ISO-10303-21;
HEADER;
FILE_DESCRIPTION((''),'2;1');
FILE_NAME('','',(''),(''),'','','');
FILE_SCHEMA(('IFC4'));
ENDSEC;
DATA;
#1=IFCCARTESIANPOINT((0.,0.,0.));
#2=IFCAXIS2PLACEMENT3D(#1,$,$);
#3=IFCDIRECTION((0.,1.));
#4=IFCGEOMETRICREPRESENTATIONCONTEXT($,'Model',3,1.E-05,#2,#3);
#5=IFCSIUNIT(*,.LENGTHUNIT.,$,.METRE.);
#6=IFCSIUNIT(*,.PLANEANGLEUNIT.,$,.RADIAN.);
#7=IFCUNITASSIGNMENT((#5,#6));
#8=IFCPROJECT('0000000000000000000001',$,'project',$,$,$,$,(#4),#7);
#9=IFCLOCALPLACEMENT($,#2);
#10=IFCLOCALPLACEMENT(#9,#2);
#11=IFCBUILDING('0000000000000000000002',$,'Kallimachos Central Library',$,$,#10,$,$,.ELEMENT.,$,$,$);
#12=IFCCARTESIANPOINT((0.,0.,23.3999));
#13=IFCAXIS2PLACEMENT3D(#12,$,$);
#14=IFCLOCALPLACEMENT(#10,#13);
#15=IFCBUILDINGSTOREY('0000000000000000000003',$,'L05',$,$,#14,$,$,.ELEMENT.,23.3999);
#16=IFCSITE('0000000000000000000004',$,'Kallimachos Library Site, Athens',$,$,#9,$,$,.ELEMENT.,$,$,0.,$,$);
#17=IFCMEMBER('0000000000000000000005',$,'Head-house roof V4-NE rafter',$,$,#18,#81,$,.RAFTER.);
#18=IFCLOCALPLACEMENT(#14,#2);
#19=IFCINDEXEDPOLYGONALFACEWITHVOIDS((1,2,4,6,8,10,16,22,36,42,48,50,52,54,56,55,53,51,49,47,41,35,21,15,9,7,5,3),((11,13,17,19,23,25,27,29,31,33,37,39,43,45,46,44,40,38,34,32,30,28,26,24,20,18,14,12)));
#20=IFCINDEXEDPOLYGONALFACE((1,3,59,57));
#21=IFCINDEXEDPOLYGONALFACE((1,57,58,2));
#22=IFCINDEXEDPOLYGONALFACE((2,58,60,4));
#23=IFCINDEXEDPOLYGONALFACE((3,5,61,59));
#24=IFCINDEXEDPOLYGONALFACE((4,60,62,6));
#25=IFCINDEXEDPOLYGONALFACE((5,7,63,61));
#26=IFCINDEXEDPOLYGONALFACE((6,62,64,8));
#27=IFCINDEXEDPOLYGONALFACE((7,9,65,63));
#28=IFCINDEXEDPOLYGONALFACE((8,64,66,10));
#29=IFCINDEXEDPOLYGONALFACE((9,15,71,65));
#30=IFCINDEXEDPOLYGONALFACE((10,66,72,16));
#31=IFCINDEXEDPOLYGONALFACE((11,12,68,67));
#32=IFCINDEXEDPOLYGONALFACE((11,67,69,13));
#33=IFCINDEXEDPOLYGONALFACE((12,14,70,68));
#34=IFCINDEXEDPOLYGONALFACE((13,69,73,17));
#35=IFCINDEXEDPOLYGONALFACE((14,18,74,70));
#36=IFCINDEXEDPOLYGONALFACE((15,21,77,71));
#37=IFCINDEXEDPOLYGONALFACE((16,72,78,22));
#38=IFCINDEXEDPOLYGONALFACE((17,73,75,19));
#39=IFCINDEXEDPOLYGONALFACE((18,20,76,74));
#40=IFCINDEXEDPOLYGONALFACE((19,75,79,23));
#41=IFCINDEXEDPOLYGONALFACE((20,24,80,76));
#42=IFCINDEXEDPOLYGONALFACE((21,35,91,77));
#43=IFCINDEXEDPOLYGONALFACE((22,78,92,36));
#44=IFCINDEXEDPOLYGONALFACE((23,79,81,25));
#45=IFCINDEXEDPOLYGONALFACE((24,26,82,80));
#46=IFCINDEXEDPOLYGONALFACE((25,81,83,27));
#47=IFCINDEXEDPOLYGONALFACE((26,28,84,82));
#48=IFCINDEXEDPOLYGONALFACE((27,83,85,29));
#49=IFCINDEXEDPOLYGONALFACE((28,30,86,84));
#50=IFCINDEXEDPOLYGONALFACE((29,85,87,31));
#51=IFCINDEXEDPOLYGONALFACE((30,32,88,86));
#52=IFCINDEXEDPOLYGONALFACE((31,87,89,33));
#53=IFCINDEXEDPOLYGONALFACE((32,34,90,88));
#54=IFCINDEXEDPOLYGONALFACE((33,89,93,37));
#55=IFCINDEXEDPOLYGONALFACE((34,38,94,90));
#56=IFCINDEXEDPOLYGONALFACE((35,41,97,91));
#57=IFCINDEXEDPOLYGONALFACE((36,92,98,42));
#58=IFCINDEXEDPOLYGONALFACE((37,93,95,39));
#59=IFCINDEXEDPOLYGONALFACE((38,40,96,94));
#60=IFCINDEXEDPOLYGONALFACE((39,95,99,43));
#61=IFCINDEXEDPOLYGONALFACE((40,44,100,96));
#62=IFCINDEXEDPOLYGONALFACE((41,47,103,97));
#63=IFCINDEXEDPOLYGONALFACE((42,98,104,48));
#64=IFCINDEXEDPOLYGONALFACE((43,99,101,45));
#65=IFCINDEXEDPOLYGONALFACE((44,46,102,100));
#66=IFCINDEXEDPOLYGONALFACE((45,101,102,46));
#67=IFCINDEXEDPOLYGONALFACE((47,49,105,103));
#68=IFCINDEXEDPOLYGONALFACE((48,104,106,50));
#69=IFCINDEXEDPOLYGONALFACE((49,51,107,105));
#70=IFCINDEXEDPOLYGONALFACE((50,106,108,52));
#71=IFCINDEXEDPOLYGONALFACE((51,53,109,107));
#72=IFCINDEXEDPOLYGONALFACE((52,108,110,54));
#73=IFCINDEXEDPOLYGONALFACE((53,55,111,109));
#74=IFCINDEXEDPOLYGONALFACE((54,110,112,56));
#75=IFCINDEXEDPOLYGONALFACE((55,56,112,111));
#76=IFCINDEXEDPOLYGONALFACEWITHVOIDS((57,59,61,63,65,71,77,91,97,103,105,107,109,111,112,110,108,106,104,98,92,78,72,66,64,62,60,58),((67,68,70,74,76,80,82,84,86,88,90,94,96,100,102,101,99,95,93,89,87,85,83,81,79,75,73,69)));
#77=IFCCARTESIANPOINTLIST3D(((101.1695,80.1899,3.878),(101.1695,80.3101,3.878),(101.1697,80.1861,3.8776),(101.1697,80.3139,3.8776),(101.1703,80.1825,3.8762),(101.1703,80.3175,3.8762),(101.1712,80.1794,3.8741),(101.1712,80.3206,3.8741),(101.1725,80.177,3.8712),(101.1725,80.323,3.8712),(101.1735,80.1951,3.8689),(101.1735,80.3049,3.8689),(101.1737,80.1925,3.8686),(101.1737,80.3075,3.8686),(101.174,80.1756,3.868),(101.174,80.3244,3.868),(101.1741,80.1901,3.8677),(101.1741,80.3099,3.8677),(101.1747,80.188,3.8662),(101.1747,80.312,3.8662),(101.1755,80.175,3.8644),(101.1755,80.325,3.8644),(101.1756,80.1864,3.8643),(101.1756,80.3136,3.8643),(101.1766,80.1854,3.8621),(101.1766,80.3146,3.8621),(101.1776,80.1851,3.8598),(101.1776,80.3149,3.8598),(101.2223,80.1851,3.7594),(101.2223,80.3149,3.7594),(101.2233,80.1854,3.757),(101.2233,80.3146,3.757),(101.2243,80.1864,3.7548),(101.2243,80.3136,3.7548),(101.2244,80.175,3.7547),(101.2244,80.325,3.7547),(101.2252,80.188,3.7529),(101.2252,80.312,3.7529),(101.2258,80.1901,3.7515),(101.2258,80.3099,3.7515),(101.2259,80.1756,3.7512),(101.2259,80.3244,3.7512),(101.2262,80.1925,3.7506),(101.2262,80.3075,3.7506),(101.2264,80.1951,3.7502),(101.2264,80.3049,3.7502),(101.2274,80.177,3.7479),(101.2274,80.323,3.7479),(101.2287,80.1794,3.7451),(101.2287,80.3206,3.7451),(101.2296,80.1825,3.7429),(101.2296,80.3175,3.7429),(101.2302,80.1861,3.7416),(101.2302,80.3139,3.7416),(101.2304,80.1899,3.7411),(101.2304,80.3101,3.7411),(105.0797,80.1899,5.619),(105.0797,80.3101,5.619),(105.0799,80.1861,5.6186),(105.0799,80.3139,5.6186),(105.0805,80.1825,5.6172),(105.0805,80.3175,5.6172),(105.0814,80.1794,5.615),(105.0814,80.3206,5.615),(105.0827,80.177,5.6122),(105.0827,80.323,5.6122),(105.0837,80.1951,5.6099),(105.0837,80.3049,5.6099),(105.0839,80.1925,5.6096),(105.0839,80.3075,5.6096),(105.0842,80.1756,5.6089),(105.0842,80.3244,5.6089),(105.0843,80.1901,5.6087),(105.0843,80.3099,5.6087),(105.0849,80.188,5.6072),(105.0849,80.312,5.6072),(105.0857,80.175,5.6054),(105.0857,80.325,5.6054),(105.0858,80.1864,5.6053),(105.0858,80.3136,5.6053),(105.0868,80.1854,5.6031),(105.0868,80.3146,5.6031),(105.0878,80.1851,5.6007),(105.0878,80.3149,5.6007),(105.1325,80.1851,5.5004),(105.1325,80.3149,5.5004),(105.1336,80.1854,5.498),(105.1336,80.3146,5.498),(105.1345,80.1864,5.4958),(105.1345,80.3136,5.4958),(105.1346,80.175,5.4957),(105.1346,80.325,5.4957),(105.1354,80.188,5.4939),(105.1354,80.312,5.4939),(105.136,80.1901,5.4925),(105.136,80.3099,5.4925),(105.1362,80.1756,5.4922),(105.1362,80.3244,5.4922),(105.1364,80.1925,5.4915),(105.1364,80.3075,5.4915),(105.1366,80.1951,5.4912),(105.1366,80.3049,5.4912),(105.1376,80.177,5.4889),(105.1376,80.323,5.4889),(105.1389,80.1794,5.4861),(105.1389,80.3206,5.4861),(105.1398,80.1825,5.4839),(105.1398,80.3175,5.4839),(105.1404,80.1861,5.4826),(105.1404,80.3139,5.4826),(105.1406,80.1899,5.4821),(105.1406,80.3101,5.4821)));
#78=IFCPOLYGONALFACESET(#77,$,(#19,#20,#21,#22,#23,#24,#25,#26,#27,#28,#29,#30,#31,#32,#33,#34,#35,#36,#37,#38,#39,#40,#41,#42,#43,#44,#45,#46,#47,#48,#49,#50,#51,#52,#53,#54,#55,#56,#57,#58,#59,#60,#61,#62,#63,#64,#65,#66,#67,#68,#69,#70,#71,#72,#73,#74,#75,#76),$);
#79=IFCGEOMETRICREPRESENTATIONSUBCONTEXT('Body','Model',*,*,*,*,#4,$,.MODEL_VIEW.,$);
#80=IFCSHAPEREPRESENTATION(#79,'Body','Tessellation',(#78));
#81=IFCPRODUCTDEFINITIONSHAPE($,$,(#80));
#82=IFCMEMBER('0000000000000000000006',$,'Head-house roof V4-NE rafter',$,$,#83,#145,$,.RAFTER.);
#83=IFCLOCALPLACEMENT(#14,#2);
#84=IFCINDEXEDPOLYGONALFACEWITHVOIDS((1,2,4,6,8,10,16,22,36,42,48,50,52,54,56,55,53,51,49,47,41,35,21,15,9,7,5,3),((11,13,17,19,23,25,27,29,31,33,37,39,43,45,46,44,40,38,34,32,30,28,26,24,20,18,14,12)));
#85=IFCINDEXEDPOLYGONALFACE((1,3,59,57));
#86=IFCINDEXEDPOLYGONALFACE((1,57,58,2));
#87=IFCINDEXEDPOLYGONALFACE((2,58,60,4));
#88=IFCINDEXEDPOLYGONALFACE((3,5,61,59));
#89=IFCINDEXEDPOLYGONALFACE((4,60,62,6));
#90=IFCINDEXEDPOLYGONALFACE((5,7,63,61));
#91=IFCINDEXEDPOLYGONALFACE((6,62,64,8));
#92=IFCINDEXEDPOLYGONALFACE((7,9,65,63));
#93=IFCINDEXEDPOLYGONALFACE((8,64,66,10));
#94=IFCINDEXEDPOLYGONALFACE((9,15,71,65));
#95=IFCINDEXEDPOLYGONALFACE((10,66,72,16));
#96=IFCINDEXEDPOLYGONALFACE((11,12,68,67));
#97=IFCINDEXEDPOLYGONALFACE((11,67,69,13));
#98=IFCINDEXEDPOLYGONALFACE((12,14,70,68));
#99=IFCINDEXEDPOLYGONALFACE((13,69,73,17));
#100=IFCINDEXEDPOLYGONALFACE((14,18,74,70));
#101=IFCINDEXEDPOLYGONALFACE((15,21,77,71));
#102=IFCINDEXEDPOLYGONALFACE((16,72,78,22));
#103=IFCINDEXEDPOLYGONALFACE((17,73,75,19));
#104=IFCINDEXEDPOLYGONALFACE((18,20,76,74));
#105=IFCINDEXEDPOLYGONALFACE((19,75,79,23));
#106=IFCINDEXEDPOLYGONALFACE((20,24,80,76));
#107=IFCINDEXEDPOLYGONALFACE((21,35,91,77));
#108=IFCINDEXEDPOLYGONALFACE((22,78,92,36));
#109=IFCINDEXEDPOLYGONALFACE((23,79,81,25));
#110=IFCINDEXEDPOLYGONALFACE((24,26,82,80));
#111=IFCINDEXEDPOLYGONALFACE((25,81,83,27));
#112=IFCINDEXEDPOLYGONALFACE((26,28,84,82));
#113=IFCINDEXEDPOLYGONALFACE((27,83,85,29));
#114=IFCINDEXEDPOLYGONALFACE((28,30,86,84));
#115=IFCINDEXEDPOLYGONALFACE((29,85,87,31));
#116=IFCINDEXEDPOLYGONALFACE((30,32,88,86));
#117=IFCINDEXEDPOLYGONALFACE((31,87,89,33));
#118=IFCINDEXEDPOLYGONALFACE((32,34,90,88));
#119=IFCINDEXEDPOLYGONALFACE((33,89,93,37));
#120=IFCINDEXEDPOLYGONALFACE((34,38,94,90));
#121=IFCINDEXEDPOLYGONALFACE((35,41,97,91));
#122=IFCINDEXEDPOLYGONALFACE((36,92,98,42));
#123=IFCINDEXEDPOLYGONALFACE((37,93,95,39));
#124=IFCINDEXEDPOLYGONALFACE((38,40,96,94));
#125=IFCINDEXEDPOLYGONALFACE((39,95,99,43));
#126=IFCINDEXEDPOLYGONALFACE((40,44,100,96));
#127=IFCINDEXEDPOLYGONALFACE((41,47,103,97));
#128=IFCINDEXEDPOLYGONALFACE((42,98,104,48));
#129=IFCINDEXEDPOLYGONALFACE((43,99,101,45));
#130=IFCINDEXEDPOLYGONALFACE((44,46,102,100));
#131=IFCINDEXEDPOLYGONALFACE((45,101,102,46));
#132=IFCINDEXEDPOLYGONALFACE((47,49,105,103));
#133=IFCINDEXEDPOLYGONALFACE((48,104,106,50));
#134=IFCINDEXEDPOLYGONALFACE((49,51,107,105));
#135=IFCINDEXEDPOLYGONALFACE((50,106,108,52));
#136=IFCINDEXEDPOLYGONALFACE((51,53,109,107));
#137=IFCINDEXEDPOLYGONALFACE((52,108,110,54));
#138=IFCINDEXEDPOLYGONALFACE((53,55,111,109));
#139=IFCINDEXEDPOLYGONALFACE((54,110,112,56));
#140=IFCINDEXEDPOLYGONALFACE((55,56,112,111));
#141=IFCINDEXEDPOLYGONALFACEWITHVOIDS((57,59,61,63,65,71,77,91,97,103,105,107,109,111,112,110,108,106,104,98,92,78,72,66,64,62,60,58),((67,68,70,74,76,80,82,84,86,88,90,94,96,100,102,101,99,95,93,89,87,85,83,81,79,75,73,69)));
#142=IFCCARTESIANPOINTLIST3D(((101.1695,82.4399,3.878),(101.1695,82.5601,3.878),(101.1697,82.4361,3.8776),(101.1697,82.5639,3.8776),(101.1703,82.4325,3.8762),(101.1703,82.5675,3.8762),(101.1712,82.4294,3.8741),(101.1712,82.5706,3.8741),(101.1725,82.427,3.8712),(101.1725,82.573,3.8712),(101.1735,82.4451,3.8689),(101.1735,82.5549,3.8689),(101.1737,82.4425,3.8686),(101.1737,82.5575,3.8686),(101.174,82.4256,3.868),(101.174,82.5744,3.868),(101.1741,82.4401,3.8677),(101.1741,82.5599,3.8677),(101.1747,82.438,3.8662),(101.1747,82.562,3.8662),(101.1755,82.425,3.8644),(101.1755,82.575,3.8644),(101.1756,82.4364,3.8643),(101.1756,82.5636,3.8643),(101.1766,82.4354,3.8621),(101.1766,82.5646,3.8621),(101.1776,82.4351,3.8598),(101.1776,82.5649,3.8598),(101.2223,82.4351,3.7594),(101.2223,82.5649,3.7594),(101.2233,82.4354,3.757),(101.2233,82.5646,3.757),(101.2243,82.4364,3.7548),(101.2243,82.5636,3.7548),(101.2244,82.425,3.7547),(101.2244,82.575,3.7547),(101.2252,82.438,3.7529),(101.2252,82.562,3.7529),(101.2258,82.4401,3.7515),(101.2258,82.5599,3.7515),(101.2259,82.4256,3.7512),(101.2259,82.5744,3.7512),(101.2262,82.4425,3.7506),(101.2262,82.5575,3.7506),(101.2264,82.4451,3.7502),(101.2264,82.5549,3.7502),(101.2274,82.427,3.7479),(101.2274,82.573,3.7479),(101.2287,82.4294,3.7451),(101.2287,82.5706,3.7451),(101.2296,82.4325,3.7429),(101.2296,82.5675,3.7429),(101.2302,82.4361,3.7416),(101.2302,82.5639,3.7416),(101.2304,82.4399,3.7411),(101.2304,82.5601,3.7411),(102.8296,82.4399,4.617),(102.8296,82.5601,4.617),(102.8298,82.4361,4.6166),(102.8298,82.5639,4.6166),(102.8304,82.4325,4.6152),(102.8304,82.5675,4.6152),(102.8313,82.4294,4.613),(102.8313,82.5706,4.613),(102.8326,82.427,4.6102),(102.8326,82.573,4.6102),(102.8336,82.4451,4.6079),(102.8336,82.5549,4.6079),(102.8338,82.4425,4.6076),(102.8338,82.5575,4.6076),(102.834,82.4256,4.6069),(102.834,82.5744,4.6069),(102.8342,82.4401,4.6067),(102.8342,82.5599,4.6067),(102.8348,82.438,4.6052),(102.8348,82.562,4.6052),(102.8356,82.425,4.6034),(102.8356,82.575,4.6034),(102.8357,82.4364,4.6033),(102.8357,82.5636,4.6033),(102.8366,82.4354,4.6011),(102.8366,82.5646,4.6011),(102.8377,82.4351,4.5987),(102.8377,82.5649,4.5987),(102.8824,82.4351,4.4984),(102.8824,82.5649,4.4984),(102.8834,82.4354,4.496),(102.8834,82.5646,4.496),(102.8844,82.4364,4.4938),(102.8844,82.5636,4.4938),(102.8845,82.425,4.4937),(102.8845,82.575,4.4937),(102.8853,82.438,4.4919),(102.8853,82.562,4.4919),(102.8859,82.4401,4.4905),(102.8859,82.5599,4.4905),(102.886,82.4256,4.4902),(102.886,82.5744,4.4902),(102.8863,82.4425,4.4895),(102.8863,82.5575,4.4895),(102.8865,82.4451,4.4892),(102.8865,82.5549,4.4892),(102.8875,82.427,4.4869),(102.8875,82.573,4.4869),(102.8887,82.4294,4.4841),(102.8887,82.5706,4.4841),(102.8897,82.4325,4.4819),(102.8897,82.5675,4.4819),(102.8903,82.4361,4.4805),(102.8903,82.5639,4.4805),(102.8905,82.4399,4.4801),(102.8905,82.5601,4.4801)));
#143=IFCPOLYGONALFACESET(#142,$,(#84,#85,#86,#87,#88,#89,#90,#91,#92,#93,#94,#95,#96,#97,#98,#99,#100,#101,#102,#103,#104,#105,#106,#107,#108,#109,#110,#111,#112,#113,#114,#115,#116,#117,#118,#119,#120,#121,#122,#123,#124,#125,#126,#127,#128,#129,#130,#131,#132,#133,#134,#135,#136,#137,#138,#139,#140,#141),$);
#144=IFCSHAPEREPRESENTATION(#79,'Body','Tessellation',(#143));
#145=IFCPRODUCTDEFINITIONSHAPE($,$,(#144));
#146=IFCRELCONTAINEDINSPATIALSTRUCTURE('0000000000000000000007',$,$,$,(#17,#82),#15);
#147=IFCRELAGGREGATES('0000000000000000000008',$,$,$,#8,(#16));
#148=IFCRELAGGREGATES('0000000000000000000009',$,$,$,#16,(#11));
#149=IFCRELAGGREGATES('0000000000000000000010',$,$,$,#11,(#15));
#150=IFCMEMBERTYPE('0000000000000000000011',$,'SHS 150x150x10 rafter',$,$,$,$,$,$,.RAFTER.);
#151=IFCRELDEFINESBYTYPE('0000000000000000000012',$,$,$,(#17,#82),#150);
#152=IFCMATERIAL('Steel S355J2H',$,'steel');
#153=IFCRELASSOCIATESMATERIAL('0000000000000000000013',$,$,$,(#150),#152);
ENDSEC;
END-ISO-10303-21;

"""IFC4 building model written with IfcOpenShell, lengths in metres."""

from ifc_helpers import new_model, si_unit, direction, frame, origin, origin_2d, place, context, subcontext, project, spatial, hollow_rectangle, extrude, material, material_profile, profile_set, type_object, element, save


model = new_model("IFC4")

# Units and contexts
model_context = context("Model", 3, precision=1e-05, world=origin(), true_north=direction((0.0, 1.0)))
body_context = subcontext(model_context, "Body", "Model", "MODEL_VIEW")
ifc_project = project(units=[si_unit("LENGTHUNIT", "METRE"), si_unit("PLANEANGLEUNIT", "RADIAN")], contexts=[model_context])

# Site, building, storey
site_placement = place(None, origin())
site = spatial("IfcSite", under=ifc_project, at=site_placement, Name="Kallimachos Library Site, Athens", CompositionType="ELEMENT", RefElevation=0.0)
building_placement = place(site_placement, origin())
building = spatial("IfcBuilding", under=site, at=building_placement, Name="Kallimachos Central Library", CompositionType="ELEMENT")
storey_placement = place(building_placement, frame((0.0, 0.0, 23.3999)))
storey = spatial("IfcBuildingStorey", under=building, at=storey_placement, Name="L05", CompositionType="ELEMENT", Elevation=23.3999)

# Members
ifc_material_1 = material(Name="Steel S355J2H", Category="steel")
ifc_material_profile_1 = material_profile(ifc_material_1, hollow_rectangle(XDim=0.1499, YDim=0.1499, WallThickness=0.01, InnerFilletRadius=0.01, OuterFilletRadius=0.0149, at=origin_2d()), Name="SHS 150x150x10")
ifc_profile_set_1 = profile_set([ifc_material_profile_1], Name="Steel S355J2H")
member_type_1 = type_object("IfcMemberType", Name="SHS 150x150x10 rafter", PredefinedType="RAFTER", material=ifc_profile_set_1)
member_1_placement = place(storey_placement, frame((101.2, 80.25, 3.8096), z_axis=(0.913541, 0.0, 0.406747), x_axis=(0.0, 1.0, 0.0)))
element("IfcMember", 1, at=member_1_placement, inside=storey, type_object=member_type_1, Name="Head-house roof V4-NE rafter", PredefinedType="RAFTER", context=body_context, shape_type="SweptSolid", body=[
    extrude(hollow_rectangle(XDim=0.1499, YDim=0.1499, WallThickness=0.01, InnerFilletRadius=0.01, OuterFilletRadius=0.0149, at=origin_2d()), origin(), (0.0, 0.0, 1.0), 4.2803),
])
member_2_placement = place(storey_placement, frame((101.2, 82.5, 3.8096), z_axis=(0.913573, 0.0, 0.406674), x_axis=(0.0, 1.0, 0.0)))
element("IfcMember", 2, at=member_2_placement, inside=storey, type_object=member_type_1, Name="Head-house roof V4-NE rafter", PredefinedType="RAFTER", context=body_context, shape_type="SweptSolid", body=[
    extrude(hollow_rectangle(XDim=0.1499, YDim=0.1499, WallThickness=0.01, InnerFilletRadius=0.01, OuterFilletRadius=0.0149, at=origin_2d()), origin(), (0.0, 0.0, 1.0), 1.8171),
])

save(model, "model.ifc")
